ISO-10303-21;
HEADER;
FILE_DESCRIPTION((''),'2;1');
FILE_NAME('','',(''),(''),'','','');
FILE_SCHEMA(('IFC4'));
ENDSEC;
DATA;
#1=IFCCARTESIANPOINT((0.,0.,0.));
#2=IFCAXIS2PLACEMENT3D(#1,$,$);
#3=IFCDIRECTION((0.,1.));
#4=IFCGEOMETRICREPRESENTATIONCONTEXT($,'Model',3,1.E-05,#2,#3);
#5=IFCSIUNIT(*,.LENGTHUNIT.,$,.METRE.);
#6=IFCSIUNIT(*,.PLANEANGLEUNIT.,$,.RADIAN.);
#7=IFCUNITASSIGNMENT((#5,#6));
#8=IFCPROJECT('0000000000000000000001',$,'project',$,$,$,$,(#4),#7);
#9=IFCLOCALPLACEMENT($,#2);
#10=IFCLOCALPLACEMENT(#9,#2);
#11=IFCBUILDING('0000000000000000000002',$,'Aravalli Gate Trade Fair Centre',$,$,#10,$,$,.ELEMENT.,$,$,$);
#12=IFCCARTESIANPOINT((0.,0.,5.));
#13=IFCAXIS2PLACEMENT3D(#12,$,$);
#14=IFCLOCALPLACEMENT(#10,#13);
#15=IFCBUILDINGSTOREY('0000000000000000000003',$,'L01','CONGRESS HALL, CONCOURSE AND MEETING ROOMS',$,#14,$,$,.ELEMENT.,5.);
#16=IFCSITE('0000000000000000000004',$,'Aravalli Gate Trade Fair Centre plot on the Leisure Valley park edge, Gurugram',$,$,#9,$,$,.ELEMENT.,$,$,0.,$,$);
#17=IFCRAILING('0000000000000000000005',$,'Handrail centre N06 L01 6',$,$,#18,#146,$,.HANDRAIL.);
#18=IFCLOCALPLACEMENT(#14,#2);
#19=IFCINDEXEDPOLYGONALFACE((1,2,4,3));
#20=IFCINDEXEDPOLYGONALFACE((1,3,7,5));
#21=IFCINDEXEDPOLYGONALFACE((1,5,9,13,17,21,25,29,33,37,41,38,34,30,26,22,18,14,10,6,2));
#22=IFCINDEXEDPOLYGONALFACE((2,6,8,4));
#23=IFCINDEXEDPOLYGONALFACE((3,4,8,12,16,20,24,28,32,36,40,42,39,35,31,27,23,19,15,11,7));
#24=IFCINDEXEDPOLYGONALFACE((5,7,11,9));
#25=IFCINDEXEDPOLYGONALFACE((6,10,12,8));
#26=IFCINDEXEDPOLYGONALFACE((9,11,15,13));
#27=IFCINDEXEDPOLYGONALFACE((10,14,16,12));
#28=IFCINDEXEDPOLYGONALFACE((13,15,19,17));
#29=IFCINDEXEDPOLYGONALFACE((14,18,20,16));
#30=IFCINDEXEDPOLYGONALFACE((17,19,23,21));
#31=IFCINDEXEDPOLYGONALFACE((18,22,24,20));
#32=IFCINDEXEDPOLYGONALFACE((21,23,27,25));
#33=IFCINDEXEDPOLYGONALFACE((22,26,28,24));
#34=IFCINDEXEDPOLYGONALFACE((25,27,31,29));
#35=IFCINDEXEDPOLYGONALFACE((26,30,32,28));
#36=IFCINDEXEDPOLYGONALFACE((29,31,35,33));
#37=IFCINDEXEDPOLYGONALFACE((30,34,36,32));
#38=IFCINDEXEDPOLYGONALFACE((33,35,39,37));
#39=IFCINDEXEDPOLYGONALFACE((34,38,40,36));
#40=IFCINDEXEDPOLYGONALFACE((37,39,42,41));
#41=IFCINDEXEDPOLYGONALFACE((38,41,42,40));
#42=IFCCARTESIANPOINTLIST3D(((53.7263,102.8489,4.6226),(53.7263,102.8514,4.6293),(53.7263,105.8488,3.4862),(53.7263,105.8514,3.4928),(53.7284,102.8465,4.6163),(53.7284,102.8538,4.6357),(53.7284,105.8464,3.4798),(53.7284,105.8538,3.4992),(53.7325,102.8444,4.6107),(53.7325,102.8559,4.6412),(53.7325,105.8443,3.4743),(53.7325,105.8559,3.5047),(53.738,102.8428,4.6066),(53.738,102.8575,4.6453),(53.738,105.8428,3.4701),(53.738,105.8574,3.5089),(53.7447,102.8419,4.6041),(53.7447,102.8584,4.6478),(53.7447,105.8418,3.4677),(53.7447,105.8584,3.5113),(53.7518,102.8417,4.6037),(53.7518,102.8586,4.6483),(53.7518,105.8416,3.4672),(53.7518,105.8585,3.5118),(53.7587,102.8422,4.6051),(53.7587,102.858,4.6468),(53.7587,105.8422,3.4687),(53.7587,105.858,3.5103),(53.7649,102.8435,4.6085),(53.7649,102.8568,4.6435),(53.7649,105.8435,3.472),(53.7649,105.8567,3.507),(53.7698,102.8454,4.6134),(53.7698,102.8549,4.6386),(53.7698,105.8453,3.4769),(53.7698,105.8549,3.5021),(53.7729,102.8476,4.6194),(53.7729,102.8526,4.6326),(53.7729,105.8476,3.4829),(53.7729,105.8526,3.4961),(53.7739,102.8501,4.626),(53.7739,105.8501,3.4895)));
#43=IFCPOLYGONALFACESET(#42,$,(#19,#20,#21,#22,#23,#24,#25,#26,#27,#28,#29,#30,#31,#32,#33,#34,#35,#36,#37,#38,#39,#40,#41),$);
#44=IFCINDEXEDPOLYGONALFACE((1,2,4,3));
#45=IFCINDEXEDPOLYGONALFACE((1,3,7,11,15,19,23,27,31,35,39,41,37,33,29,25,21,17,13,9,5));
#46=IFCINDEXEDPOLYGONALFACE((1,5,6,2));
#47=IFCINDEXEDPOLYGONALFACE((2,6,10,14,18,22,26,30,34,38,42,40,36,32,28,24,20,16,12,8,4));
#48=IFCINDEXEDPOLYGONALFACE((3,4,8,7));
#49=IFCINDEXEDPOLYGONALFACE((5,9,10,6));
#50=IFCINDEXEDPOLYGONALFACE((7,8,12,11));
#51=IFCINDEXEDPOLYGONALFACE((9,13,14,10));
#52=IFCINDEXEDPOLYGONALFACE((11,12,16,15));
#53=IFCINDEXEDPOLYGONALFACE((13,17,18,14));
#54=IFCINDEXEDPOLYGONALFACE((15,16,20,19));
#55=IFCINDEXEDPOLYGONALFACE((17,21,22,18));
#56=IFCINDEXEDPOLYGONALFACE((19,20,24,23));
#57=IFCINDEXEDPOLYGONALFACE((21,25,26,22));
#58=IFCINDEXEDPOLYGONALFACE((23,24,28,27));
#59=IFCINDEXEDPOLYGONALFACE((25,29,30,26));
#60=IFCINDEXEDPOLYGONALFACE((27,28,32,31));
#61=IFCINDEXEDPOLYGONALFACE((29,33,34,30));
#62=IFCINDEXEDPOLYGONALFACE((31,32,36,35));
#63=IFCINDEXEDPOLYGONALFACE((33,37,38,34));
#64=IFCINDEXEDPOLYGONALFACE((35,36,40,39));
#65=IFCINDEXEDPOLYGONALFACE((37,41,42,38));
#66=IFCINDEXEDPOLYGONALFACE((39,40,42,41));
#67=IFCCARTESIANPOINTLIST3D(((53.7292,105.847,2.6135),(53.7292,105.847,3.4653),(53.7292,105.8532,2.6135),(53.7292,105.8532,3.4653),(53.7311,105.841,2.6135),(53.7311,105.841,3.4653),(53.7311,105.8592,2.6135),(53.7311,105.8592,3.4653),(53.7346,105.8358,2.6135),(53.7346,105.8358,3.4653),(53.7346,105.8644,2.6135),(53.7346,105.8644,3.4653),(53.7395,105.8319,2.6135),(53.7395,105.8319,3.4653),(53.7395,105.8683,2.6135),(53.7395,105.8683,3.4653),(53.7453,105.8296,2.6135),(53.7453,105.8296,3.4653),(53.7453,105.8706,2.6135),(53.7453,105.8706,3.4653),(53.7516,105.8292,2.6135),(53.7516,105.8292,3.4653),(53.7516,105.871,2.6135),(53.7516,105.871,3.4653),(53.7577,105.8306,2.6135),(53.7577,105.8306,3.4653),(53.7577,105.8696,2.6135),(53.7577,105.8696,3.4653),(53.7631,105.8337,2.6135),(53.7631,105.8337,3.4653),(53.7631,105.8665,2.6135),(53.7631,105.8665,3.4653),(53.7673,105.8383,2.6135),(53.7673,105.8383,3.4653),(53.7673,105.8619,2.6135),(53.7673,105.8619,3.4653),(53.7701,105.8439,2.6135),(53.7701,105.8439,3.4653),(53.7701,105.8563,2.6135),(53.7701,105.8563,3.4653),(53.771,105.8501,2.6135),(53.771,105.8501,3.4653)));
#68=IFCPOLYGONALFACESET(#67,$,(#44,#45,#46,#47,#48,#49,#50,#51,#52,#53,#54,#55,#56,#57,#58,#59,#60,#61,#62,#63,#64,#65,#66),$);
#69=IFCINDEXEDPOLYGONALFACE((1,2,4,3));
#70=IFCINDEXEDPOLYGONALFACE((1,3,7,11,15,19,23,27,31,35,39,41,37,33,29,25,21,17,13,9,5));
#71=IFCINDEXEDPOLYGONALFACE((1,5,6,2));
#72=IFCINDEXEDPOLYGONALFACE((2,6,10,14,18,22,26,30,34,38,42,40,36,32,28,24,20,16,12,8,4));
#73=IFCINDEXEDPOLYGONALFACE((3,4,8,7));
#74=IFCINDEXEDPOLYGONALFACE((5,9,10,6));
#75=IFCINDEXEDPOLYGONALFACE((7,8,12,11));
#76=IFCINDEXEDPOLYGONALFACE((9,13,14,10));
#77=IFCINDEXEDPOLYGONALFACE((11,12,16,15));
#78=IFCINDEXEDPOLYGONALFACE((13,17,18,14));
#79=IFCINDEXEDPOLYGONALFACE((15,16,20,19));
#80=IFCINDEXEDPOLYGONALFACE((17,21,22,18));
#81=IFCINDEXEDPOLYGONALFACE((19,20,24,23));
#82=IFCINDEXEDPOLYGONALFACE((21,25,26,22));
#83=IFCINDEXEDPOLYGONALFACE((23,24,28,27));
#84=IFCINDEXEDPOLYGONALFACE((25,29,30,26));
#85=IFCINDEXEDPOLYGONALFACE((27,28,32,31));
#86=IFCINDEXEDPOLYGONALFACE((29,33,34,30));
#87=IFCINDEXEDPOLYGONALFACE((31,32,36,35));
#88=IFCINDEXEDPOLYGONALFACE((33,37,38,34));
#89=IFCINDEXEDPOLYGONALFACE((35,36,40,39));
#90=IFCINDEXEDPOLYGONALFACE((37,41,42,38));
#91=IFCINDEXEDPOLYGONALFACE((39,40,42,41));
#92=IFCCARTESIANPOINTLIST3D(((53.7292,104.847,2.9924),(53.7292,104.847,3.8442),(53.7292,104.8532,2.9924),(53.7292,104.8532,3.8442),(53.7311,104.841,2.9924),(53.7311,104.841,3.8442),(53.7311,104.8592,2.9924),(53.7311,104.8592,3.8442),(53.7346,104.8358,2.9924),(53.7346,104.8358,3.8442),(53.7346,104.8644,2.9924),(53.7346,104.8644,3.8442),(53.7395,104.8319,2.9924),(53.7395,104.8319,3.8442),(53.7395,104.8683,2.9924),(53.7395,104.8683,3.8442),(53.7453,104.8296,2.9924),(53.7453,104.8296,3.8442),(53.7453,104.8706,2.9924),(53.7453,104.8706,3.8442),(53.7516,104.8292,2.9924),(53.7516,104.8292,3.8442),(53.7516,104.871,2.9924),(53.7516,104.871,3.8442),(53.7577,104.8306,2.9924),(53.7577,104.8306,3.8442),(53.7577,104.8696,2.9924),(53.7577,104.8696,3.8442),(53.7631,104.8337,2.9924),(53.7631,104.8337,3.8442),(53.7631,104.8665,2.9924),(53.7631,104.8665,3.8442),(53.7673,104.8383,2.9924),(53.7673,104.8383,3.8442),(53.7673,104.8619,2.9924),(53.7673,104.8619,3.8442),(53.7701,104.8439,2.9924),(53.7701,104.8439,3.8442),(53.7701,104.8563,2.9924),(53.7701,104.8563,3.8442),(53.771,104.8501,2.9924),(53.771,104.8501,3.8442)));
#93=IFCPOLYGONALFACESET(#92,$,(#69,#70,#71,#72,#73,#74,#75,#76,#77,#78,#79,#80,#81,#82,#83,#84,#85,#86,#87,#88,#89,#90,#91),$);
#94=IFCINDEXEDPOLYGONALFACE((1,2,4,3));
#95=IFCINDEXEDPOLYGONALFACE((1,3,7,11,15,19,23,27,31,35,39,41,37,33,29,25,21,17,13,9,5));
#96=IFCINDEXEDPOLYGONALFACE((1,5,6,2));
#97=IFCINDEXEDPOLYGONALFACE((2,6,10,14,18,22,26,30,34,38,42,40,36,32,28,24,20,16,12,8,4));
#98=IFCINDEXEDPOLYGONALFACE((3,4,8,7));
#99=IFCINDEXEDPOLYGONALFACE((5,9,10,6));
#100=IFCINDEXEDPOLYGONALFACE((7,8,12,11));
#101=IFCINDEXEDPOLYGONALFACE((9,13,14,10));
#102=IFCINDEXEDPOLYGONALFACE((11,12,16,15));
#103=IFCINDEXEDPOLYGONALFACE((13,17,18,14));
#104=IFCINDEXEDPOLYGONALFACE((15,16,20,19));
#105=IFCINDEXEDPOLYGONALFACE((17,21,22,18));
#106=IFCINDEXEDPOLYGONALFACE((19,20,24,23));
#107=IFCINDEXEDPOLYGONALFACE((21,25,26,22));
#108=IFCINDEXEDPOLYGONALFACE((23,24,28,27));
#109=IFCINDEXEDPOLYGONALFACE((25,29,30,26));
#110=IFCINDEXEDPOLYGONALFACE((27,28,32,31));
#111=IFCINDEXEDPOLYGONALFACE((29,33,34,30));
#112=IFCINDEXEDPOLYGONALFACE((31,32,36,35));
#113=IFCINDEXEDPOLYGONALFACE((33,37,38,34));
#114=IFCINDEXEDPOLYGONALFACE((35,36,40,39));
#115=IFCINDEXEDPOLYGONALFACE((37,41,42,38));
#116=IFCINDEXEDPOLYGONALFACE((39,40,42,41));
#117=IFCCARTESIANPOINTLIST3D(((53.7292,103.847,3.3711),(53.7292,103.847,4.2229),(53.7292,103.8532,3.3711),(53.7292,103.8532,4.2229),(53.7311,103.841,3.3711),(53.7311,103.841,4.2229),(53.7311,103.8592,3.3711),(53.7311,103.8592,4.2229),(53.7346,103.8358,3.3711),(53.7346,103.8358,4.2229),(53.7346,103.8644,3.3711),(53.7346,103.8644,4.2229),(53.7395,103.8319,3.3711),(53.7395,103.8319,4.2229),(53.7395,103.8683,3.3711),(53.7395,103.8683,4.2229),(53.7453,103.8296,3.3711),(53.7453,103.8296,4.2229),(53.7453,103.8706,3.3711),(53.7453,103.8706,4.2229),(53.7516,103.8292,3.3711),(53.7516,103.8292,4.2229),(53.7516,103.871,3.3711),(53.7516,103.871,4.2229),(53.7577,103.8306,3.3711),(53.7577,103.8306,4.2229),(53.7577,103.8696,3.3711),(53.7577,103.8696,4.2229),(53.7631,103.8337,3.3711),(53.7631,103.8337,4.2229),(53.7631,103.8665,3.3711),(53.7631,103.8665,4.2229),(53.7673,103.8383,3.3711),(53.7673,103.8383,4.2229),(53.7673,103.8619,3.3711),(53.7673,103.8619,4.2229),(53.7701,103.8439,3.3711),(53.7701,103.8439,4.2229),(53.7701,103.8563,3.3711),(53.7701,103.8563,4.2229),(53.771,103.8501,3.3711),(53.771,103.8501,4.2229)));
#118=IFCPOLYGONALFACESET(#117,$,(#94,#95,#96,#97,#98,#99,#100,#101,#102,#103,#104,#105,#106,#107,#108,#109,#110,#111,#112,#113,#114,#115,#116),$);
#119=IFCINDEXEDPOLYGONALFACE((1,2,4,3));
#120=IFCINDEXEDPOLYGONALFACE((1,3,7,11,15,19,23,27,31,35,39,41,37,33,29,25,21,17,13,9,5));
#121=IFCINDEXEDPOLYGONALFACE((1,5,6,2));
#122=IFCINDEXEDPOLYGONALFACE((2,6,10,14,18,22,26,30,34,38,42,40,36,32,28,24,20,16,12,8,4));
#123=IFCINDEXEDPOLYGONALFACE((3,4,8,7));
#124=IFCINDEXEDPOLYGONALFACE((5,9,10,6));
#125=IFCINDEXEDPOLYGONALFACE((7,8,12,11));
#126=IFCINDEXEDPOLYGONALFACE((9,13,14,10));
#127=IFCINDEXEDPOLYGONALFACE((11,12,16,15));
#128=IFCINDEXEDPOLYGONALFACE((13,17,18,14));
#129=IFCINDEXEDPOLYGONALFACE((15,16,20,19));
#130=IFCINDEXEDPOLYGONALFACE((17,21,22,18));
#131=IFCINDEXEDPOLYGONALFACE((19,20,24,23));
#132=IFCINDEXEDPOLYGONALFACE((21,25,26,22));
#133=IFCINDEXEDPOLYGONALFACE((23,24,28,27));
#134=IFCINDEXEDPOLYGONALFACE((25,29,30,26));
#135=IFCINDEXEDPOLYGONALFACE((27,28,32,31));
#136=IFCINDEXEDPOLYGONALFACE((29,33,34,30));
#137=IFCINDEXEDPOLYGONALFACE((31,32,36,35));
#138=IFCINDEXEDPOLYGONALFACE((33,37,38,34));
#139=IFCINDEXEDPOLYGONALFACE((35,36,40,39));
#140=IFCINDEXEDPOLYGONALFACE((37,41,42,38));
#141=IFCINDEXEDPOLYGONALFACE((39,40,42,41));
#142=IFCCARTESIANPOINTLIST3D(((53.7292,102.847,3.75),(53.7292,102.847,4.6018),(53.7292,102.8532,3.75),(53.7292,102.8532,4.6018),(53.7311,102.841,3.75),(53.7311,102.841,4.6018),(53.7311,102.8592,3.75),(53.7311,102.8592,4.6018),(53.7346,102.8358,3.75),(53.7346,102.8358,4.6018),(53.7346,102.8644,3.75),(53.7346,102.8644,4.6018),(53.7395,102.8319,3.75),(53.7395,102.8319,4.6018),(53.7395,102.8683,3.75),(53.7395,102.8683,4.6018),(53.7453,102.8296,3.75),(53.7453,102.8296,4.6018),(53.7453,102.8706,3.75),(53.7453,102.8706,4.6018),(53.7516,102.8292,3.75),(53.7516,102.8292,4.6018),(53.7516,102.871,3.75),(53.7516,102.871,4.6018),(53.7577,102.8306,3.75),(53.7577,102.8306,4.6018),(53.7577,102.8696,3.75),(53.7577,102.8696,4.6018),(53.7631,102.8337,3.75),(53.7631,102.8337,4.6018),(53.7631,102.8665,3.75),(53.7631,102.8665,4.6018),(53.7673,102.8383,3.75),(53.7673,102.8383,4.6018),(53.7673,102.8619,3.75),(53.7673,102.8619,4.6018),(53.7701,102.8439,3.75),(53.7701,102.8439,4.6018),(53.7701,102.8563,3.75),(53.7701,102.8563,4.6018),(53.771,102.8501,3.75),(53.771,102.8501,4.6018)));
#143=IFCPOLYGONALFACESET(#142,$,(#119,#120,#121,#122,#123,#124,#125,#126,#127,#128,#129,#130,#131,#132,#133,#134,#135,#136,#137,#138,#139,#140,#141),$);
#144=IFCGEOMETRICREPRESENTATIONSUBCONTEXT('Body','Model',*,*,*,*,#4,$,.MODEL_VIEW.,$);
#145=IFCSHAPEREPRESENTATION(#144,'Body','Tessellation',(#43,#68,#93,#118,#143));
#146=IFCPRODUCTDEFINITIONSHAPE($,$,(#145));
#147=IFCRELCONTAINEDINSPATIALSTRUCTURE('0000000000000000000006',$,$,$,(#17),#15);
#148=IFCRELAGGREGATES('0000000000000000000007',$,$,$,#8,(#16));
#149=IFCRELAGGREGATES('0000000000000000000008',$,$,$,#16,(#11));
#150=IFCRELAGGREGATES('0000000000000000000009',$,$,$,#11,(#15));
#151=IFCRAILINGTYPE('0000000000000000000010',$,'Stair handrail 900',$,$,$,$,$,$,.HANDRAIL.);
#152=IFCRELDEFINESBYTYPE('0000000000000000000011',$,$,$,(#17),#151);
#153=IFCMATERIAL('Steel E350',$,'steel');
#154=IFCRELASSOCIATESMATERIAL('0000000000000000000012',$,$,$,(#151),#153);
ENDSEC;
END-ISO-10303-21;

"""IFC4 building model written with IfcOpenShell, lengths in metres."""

from ifc_helpers import new_model, si_unit, direction, frame, origin, origin_2d, place, context, subcontext, project, spatial, circle, extrude, material, type_object, element, save


model = new_model("IFC4")

# Units and contexts
model_context = context("Model", 3, precision=1e-05, world=origin(), true_north=direction((0.0, 1.0)))
body_context = subcontext(model_context, "Body", "Model", "MODEL_VIEW")
ifc_project = project(units=[si_unit("LENGTHUNIT", "METRE"), si_unit("PLANEANGLEUNIT", "RADIAN")], contexts=[model_context])

# Site, building, storey
site_placement = place(None, origin())
site = spatial("IfcSite", under=ifc_project, at=site_placement, Name="Aravalli Gate Trade Fair Centre plot on the Leisure Valley park edge, Gurugram", CompositionType="ELEMENT", RefElevation=0.0)
building_placement = place(site_placement, origin())
building = spatial("IfcBuilding", under=site, at=building_placement, Name="Aravalli Gate Trade Fair Centre", CompositionType="ELEMENT")
storey_placement = place(building_placement, frame((0.0, 0.0, 5.0)))
storey = spatial("IfcBuildingStorey", under=building, at=storey_placement, Name="L01", Description="CONGRESS HALL, CONCOURSE AND MEETING ROOMS", CompositionType="ELEMENT", Elevation=5.0)

# Shared definitions
ifc_material_1 = material(Name="Steel E350", Category="steel")

# Railing
railing_type = type_object("IfcRailingType", Name="Stair handrail 900", PredefinedType="HANDRAIL", material=ifc_material_1)
for number, where, name in (
    (1, (53.75, 105.8501, 2.6135), "Handrail centre N06 L01 6"),
):
    element("IfcRailing", number, at=place(storey_placement, frame(where)), inside=storey, type_object=railing_type, Name=name, PredefinedType="HANDRAIL", context=body_context, shape_type="SweptSolid", body=[
        extrude(circle(Radius=0.0239, at=origin_2d()), frame((0.0, 0.0, 0.876), z_axis=(0.0, -0.935148, 0.354257), x_axis=(1.0, 0.0, 0.0)), (0.0, 0.0, 1.0), 3.208),
        extrude(circle(Radius=0.021, at=origin_2d()), origin(), (0.0, 0.0, 1.0), 0.8518),
        extrude(circle(Radius=0.021, at=origin_2d()), frame((0.0, -1.0, 0.3789)), (0.0, 0.0, 1.0), 0.8518),
        extrude(circle(Radius=0.021, at=origin_2d()), frame((0.0, -2.0, 0.7576)), (0.0, 0.0, 1.0), 0.8518),
        extrude(circle(Radius=0.021, at=origin_2d()), frame((0.0, -3.0, 1.1365)), (0.0, 0.0, 1.0), 0.8518),
    ])

save(model, "model.ifc")
